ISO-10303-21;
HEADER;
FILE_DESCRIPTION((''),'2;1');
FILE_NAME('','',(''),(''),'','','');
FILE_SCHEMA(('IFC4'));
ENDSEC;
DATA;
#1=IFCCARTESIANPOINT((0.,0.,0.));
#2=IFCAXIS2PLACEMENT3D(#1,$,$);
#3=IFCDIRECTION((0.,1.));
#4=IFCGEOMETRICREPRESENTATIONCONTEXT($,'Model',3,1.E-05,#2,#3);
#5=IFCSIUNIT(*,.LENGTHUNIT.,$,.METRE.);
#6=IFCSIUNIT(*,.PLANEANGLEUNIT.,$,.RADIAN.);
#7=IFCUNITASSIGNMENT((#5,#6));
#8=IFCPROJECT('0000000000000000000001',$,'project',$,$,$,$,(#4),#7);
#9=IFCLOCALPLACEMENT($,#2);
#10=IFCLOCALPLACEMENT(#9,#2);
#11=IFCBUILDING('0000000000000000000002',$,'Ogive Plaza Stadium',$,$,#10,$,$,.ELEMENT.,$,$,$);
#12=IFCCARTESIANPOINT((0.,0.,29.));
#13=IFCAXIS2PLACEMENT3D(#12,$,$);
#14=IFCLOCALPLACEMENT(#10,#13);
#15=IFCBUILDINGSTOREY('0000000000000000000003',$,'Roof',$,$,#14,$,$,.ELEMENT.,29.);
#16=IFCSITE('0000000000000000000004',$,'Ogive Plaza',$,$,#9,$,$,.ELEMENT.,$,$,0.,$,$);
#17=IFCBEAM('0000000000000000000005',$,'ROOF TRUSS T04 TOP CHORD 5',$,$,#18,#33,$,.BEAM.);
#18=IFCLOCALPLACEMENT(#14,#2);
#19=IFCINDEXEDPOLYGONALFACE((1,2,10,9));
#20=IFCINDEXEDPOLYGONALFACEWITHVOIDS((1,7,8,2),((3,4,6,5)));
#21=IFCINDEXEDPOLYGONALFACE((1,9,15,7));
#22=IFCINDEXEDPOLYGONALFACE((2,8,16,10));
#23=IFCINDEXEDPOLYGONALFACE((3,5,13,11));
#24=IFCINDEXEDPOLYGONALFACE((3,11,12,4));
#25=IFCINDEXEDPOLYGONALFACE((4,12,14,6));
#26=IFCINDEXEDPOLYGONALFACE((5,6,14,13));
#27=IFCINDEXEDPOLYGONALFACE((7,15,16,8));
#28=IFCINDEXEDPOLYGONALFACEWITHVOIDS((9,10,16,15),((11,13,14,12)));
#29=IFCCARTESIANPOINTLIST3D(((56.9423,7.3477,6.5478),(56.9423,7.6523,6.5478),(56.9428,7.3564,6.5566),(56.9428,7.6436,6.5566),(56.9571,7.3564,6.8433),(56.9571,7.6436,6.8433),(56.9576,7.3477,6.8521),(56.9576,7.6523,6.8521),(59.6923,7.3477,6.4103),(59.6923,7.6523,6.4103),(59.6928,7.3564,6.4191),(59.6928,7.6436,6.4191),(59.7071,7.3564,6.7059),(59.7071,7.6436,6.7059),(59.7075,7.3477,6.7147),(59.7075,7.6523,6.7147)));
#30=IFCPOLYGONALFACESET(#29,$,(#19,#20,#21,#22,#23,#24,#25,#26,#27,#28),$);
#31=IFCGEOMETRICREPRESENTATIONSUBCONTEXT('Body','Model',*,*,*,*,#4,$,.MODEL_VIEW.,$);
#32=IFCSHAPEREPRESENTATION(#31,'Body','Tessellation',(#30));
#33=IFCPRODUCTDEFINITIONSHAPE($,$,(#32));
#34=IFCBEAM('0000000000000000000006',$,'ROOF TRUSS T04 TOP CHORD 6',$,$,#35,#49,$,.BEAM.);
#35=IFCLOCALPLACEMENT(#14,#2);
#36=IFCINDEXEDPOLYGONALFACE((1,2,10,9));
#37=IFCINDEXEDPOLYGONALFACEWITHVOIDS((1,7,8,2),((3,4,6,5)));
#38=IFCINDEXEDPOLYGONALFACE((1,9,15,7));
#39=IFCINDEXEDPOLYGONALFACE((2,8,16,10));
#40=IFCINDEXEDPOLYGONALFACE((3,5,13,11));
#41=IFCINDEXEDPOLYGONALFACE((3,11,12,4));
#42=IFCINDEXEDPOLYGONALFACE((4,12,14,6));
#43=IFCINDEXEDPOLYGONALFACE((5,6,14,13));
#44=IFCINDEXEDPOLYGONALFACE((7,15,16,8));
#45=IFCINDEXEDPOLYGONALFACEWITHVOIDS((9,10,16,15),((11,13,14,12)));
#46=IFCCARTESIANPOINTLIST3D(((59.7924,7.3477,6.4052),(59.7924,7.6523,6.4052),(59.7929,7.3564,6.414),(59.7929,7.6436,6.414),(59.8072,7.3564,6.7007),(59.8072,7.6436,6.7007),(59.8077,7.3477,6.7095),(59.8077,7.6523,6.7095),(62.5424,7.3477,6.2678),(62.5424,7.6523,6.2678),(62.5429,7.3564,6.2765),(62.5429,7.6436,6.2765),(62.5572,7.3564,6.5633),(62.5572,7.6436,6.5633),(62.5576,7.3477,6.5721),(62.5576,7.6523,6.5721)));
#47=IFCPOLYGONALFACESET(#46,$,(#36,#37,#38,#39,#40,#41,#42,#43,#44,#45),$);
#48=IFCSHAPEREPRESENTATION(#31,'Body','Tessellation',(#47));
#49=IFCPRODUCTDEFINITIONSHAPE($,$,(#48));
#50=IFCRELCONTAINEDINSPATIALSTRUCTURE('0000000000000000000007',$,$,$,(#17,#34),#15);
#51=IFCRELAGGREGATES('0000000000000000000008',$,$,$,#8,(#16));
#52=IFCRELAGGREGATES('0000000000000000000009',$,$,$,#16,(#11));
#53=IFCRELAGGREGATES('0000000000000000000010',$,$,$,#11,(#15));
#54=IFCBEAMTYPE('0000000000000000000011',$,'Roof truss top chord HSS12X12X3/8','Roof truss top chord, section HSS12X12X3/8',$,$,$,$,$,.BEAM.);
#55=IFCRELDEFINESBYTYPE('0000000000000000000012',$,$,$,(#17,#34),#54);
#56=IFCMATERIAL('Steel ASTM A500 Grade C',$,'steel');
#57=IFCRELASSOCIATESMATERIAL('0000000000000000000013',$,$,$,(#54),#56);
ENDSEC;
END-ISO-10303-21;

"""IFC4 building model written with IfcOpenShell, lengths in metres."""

from ifc_helpers import new_model, si_unit, direction, frame, origin, origin_2d, place, context, subcontext, project, spatial, hollow_rectangle, extrude, material, material_profile, profile_set, type_object, element, save


model = new_model("IFC4")

# Units and contexts
model_context = context("Model", 3, precision=1e-05, world=origin(), true_north=direction((0.0, 1.0)))
body_context = subcontext(model_context, "Body", "Model", "MODEL_VIEW")
ifc_project = project(units=[si_unit("LENGTHUNIT", "METRE"), si_unit("PLANEANGLEUNIT", "RADIAN")], contexts=[model_context])

# Site, building, storey
site_placement = place(None, origin())
site = spatial("IfcSite", under=ifc_project, at=site_placement, Name="Ogive Plaza", CompositionType="ELEMENT", RefElevation=0.0)
building_placement = place(site_placement, origin())
building = spatial("IfcBuilding", under=site, at=building_placement, Name="Ogive Plaza Stadium", CompositionType="ELEMENT")
storey_placement = place(building_placement, frame((0.0, 0.0, 29.0)))
storey = spatial("IfcBuildingStorey", under=building, at=storey_placement, Name="Roof", CompositionType="ELEMENT", Elevation=29.0)

# Beams
ifc_material_1 = material(Name="Steel ASTM A500 Grade C", Category="steel")
ifc_material_profile_1 = material_profile(ifc_material_1, hollow_rectangle(XDim=0.3047, YDim=0.3047, WallThickness=0.0088, at=origin_2d()), Name="HSS12X12X3/8")
ifc_profile_set_1 = profile_set([ifc_material_profile_1], Name="Steel ASTM A500 Grade C")
beam_type_1 = type_object("IfcBeamType", Name="Roof truss top chord HSS12X12X3/8", Description="Roof truss top chord, section HSS12X12X3/8", PredefinedType="BEAM", material=ifc_profile_set_1)
for number, where, z_axis, x_axis, name in (
    (1, (56.95, 7.5, 6.7), (0.998753, 0.0, -0.04992), (0.0, 1.0, 0.0), "ROOF TRUSS T04 TOP CHORD 5"),
    (2, (59.8, 7.5, 6.5574), (0.998753, 0.0, -0.04992), (0.0, 1.0, 0.0), "ROOF TRUSS T04 TOP CHORD 6"),
):
    element("IfcBeam", number, at=place(storey_placement, frame(where, z_axis=z_axis, x_axis=x_axis)), inside=storey, type_object=beam_type_1, Name=name, PredefinedType="BEAM", context=body_context, shape_type="SweptSolid", body=[
        extrude(hollow_rectangle(XDim=0.3047, YDim=0.3047, WallThickness=0.0088, at=origin_2d()), origin(), (0.0, 0.0, 1.0), 2.7534),
    ])

save(model, "model.ifc")
